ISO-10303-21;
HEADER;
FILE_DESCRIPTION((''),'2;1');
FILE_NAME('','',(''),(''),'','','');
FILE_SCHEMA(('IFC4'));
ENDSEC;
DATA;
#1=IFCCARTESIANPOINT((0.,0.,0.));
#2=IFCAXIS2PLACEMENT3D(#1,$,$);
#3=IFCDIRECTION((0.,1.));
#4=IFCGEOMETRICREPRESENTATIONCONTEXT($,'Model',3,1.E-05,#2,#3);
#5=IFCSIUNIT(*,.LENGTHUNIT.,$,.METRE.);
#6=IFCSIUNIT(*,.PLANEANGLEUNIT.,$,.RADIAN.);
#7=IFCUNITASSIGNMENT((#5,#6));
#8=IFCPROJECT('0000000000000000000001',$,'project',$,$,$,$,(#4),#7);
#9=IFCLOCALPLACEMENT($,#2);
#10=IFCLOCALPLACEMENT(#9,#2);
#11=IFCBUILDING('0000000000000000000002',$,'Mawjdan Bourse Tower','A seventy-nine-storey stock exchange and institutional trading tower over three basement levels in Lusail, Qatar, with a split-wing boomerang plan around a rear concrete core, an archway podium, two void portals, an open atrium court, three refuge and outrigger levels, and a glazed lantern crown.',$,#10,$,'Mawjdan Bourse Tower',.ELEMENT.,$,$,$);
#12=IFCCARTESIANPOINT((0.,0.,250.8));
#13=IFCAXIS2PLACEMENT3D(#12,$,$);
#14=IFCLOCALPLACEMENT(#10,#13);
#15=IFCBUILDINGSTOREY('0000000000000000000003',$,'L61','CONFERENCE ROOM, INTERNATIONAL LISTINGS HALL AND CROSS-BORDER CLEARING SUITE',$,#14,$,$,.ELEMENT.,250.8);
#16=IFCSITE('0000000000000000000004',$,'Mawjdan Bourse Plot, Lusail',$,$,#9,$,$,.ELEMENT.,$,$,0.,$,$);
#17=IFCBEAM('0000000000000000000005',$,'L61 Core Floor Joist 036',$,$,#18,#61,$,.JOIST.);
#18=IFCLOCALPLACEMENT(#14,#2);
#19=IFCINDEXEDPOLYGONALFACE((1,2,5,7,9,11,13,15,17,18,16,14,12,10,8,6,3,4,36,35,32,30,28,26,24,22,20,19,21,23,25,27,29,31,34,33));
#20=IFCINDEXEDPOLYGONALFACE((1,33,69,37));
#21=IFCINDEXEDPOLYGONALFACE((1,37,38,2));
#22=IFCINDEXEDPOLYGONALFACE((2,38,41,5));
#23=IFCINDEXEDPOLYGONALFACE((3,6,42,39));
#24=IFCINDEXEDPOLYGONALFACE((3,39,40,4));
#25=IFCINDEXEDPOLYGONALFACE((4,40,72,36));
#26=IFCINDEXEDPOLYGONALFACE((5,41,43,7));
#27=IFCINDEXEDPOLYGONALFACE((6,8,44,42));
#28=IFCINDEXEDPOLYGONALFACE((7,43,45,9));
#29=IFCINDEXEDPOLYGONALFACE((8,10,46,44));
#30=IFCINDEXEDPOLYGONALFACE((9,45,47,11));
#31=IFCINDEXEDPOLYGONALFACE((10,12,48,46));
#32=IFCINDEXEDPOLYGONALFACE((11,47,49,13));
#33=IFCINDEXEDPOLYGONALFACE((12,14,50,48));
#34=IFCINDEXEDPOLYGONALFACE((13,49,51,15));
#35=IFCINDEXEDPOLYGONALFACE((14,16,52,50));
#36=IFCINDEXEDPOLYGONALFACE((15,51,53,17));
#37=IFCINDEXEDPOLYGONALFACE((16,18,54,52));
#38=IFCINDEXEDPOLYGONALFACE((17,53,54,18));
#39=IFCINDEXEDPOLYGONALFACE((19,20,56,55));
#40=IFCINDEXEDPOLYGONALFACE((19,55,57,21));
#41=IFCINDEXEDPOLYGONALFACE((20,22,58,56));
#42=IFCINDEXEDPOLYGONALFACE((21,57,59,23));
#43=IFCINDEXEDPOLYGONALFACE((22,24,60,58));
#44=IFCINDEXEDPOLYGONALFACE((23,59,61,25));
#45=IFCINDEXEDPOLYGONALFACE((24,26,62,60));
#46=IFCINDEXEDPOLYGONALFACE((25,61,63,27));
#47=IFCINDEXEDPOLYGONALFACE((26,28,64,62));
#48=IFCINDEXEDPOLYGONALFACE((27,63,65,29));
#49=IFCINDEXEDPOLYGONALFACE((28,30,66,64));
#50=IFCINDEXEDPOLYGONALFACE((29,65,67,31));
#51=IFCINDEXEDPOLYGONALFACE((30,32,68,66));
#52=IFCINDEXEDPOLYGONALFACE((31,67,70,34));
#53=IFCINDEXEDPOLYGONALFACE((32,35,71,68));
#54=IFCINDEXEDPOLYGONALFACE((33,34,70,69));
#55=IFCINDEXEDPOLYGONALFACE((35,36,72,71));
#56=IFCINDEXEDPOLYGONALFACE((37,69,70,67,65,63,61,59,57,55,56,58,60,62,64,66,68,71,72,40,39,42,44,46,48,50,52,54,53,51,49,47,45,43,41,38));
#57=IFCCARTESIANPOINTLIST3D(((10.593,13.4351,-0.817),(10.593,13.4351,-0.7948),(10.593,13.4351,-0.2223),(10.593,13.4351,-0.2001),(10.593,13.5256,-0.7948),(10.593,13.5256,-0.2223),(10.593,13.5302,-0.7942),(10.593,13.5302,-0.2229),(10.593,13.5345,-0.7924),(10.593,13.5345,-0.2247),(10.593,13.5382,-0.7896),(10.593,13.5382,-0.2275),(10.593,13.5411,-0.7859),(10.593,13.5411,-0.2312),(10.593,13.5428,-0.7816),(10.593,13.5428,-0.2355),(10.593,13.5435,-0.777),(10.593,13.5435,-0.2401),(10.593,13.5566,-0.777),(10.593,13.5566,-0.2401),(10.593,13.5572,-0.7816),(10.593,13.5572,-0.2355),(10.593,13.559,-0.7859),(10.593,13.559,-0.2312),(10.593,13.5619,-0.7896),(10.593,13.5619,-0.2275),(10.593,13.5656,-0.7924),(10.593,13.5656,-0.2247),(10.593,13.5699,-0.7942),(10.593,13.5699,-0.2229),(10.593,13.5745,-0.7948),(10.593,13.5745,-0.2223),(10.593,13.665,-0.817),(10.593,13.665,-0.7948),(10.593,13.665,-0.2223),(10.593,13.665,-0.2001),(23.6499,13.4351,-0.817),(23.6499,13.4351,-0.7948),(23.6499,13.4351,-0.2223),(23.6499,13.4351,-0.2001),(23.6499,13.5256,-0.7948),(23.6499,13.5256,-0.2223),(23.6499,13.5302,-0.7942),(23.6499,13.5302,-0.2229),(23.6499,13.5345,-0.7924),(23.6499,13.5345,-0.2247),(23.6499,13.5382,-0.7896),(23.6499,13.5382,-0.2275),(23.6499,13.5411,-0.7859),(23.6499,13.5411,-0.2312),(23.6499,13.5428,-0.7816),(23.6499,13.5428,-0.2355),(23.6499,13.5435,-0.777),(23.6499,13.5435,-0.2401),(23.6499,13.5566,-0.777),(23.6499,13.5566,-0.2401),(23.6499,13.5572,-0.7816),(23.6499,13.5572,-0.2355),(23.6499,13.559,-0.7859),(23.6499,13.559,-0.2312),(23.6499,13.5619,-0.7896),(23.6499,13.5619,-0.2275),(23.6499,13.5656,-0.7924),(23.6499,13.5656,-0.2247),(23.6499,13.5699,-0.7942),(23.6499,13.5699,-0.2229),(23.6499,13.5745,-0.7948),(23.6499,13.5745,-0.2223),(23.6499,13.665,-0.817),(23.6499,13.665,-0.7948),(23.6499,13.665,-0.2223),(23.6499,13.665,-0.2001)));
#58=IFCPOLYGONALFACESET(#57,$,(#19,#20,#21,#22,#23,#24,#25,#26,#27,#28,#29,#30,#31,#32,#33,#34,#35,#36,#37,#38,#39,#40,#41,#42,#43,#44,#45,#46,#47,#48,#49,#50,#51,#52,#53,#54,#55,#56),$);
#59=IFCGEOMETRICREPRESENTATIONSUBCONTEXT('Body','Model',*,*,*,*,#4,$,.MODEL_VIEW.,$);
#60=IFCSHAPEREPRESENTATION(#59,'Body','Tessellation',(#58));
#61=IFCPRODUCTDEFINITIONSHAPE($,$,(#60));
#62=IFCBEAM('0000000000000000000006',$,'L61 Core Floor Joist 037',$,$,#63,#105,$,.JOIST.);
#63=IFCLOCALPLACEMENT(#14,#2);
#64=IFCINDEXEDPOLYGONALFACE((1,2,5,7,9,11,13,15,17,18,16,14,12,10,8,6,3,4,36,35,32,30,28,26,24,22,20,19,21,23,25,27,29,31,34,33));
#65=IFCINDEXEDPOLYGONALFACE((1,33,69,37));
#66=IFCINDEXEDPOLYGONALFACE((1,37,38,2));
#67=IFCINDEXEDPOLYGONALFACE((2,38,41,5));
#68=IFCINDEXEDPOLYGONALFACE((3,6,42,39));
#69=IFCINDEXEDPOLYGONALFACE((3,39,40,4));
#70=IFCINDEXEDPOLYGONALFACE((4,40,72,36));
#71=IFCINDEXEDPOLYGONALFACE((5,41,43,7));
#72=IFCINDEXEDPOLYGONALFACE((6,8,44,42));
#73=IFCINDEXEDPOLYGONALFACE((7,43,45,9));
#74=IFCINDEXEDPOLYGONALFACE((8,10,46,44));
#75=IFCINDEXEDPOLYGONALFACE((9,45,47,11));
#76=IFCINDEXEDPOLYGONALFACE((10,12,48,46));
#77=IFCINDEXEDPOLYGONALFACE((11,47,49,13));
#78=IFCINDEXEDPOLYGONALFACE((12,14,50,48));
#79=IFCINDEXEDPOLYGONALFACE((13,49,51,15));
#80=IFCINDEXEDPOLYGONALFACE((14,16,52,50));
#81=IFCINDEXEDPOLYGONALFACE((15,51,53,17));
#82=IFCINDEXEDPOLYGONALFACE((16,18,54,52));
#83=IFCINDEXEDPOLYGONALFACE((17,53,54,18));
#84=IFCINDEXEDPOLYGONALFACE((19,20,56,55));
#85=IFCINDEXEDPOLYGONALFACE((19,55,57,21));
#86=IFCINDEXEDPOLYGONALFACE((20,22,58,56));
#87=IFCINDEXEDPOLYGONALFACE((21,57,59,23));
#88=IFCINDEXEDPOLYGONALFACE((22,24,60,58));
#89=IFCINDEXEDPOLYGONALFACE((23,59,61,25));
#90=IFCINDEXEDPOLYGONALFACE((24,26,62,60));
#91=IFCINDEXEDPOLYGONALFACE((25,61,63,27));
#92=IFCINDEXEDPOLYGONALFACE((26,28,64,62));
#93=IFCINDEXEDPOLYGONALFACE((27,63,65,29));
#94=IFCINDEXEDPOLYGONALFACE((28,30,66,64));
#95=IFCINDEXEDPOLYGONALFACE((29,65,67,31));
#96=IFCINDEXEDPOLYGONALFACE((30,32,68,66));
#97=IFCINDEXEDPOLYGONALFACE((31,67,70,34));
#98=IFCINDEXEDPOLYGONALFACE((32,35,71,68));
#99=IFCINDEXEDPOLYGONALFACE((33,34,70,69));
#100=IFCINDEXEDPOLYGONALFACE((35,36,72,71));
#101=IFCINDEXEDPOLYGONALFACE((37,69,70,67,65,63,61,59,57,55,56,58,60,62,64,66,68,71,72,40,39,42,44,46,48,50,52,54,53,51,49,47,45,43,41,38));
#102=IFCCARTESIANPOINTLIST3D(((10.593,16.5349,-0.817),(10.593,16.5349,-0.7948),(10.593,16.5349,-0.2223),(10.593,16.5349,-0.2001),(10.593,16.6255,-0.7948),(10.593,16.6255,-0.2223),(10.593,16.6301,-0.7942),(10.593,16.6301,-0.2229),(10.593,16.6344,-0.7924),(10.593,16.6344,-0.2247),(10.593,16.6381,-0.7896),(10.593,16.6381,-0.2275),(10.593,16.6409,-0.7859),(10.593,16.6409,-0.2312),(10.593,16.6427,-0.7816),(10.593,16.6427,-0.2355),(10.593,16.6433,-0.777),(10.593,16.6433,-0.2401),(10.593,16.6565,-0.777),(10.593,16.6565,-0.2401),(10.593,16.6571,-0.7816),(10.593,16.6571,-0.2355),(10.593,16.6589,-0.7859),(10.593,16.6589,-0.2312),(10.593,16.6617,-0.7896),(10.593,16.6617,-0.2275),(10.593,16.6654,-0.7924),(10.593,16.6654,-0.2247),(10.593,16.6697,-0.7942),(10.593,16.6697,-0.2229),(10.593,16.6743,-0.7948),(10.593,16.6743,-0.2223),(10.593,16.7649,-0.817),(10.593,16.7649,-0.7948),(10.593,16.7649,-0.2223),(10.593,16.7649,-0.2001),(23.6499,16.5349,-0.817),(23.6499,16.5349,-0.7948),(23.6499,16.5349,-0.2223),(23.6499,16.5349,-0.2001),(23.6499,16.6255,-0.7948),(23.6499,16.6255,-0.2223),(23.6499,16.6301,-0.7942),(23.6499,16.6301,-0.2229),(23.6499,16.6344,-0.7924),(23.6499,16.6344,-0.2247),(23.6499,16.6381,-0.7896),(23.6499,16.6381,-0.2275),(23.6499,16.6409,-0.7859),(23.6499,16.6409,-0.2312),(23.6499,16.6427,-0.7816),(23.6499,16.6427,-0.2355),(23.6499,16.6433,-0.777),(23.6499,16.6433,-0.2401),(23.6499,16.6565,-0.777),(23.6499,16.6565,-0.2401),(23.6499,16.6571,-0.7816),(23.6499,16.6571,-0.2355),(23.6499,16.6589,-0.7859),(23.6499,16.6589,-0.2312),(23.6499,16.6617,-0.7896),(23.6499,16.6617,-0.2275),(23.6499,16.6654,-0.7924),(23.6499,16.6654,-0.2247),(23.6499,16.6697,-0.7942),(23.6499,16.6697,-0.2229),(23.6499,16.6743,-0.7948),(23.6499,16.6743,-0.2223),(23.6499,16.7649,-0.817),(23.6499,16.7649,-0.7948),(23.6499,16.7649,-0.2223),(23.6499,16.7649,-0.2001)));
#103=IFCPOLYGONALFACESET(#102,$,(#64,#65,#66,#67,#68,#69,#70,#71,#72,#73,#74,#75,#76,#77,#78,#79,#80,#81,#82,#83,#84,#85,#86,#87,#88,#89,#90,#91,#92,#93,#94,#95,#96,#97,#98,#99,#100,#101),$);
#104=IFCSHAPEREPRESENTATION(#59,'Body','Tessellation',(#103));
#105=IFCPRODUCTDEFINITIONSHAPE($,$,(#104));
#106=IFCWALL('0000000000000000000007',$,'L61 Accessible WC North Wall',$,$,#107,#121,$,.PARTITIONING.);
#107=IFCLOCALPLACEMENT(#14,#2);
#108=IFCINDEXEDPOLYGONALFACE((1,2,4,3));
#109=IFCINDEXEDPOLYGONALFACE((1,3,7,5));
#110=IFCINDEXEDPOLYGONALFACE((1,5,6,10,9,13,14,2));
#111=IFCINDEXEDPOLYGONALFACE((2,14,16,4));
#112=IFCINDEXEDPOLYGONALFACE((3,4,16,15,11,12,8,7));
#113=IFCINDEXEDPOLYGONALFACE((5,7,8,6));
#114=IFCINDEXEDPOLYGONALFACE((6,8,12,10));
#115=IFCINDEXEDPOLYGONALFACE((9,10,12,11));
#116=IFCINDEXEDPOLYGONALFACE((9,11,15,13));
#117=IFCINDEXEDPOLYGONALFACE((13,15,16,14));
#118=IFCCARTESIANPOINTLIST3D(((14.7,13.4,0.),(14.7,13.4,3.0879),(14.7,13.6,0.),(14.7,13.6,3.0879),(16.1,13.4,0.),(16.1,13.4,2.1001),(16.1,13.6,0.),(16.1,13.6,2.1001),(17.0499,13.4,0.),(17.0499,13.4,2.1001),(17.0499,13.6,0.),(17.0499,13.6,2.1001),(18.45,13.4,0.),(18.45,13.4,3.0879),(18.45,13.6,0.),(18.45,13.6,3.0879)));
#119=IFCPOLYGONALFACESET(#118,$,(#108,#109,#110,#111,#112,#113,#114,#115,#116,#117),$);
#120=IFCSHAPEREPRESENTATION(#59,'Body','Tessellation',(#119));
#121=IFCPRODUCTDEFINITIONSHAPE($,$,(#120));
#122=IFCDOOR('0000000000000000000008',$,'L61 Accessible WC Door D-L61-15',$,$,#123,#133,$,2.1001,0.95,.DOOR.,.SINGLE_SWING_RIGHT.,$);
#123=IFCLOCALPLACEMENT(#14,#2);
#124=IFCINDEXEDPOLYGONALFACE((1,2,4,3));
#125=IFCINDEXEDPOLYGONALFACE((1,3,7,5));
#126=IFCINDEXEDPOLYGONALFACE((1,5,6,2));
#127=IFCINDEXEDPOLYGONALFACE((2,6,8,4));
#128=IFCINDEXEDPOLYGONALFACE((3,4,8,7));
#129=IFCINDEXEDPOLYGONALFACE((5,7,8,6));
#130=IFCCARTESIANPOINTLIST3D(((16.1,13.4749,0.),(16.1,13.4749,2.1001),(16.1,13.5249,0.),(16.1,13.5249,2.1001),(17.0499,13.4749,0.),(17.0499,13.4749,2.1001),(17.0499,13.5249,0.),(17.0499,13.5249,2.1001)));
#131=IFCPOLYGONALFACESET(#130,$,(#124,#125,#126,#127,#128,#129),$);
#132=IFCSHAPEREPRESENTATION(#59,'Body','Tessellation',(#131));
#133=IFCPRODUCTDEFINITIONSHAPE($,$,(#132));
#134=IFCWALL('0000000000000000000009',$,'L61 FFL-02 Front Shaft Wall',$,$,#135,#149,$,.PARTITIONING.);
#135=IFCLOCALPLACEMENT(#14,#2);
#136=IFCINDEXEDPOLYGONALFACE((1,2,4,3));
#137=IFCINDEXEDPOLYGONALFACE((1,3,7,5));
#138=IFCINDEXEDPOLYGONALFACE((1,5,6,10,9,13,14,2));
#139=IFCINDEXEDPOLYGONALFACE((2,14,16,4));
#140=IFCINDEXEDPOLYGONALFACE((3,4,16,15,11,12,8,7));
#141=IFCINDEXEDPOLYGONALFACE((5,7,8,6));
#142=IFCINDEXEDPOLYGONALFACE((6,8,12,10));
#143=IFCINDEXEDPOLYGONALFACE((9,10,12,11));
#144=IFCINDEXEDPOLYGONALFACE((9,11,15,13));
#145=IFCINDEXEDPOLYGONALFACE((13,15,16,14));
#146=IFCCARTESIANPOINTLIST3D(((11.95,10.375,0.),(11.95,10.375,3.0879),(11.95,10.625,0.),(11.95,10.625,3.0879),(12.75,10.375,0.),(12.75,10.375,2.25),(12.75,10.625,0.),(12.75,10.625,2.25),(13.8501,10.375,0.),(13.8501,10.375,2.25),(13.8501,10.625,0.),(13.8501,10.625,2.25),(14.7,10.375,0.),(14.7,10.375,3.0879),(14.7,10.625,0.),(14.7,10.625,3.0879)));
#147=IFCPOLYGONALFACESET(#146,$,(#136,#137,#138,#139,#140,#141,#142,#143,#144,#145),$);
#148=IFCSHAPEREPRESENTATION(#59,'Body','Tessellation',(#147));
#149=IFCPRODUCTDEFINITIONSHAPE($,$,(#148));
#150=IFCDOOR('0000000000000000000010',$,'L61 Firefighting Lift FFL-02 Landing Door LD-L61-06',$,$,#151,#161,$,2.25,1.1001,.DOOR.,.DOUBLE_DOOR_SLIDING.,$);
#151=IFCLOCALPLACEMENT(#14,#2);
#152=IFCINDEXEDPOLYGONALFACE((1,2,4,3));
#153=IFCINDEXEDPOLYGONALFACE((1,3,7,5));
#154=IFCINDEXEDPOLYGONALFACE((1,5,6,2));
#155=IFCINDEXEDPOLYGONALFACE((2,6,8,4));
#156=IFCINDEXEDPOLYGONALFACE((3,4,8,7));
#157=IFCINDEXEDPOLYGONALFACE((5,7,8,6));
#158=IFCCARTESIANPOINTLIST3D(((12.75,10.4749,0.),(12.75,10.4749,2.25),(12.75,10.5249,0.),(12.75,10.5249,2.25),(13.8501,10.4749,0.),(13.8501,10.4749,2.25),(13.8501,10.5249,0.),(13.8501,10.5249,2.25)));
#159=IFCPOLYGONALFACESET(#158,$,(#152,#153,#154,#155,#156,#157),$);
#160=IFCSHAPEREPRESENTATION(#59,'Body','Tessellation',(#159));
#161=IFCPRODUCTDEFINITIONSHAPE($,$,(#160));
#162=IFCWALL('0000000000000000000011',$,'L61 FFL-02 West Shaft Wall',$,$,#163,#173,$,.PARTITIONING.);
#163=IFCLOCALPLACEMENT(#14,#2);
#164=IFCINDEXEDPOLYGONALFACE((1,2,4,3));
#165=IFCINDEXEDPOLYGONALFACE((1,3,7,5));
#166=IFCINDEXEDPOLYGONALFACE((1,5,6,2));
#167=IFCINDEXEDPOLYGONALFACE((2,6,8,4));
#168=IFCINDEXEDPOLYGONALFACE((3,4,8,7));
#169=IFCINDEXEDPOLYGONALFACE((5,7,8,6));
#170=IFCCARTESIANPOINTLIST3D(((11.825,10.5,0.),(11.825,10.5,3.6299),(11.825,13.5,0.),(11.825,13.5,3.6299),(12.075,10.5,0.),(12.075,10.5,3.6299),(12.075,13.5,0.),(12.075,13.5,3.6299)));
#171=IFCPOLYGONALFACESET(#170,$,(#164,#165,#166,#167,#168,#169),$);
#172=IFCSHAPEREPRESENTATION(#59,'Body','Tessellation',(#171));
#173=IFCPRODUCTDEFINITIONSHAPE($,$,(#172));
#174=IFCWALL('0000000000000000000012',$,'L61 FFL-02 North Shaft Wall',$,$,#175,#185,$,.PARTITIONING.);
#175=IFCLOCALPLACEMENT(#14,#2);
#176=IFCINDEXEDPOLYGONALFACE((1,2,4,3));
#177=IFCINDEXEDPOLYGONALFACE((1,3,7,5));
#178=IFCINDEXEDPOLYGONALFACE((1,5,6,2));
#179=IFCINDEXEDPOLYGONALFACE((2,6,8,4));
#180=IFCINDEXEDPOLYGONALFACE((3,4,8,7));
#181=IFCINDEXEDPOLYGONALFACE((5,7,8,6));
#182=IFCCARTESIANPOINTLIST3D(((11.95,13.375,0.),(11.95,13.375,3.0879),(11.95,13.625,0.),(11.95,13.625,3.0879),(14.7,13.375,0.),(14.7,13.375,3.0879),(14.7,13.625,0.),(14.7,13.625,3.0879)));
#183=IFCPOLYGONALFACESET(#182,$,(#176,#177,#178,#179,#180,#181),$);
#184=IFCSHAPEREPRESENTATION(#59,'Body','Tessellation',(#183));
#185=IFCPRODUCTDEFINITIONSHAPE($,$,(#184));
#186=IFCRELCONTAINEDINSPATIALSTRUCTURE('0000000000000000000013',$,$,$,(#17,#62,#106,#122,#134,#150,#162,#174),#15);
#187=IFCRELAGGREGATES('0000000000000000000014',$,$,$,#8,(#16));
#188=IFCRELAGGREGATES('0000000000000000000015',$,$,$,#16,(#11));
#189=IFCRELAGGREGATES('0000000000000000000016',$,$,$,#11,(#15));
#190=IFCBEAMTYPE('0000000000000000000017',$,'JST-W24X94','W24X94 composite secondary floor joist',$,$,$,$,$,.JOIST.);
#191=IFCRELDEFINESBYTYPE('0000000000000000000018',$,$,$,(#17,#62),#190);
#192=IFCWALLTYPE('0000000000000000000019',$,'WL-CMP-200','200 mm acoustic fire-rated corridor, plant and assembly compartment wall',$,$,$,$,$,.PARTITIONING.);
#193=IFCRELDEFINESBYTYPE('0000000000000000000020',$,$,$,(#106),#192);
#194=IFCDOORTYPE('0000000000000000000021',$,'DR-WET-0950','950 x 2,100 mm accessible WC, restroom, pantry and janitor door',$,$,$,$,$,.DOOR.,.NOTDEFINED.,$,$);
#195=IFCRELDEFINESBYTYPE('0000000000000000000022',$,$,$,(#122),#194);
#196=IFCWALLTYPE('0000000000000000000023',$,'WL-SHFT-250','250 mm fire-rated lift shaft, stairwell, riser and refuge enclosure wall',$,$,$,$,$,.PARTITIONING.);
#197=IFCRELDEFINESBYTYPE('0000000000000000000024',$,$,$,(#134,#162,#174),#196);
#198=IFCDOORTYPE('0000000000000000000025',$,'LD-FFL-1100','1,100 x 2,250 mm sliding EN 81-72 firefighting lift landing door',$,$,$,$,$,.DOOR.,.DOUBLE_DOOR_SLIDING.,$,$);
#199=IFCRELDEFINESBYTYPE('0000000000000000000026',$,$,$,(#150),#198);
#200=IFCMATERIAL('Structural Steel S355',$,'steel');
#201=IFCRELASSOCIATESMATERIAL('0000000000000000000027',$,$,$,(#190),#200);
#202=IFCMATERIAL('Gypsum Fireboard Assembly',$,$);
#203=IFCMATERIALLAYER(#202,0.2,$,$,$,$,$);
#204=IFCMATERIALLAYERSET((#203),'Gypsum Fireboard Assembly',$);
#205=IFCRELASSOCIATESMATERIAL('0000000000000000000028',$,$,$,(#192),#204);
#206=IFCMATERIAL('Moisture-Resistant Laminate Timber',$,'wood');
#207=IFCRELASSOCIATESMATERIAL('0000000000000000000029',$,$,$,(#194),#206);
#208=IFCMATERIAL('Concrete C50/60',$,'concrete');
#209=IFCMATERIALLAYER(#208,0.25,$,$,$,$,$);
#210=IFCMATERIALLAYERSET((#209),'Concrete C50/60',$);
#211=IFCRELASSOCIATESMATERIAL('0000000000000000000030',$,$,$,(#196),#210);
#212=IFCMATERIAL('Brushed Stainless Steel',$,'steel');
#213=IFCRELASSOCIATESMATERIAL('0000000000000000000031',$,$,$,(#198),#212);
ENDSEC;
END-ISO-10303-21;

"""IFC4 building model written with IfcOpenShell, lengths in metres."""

from ifc_helpers import new_model, si_unit, direction, frame, frame_2d, origin, origin_2d, place, context, subcontext, project, spatial, rectangle, i_section, extrude, material, layer, layer_set, material_profile, profile_set, type_object, element, fill, save


model = new_model("IFC4")

# Units and contexts
model_context = context("Model", 3, precision=1e-05, world=origin(), true_north=direction((0.0, 1.0)))
body_context = subcontext(model_context, "Body", "Model", "MODEL_VIEW")
ifc_project = project(units=[si_unit("LENGTHUNIT", "METRE"), si_unit("PLANEANGLEUNIT", "RADIAN")], contexts=[model_context])

# Site, building, storey
site_placement = place(None, origin())
site = spatial("IfcSite", under=ifc_project, at=site_placement, Name="Mawjdan Bourse Plot, Lusail", CompositionType="ELEMENT", RefElevation=0.0)
building_placement = place(site_placement, origin())
building = spatial("IfcBuilding", under=site, at=building_placement, Name="Mawjdan Bourse Tower", Description="A seventy-nine-storey stock exchange and institutional trading tower over three basement levels in Lusail, Qatar, with a split-wing boomerang plan around a rear concrete core, an archway podium, two void portals, an open atrium court, three refuge and outrigger levels, and a glazed lantern crown.", LongName="Mawjdan Bourse Tower", CompositionType="ELEMENT")
storey_placement = place(building_placement, frame((0.0, 0.0, 250.8)))
storey = spatial("IfcBuildingStorey", under=building, at=storey_placement, Name="L61", Description="CONFERENCE ROOM, INTERNATIONAL LISTINGS HALL AND CROSS-BORDER CLEARING SUITE", CompositionType="ELEMENT", Elevation=250.8)

# Beams
ifc_material_1 = material(Name="Structural Steel S355", Category="steel")
ifc_material_profile = material_profile(ifc_material_1, i_section(OverallWidth=0.23, OverallDepth=0.6169, WebThickness=0.0132, FlangeThickness=0.0222, FilletRadius=0.0178, at=origin_2d()), Name="W24X94")
ifc_profile_set = profile_set([ifc_material_profile], Name="Structural Steel S355")
beam_type = type_object("IfcBeamType", Name="JST-W24X94", Description="W24X94 composite secondary floor joist", PredefinedType="JOIST", material=ifc_profile_set)
for number, where, z_axis, x_axis, name in (
    (1, (10.593, 13.55, -0.5085), (1.0, 0.0, 0.0), (0.0, 1.0, 0.0), "L61 Core Floor Joist 036"),
    (2, (10.593, 16.6499, -0.5085), (1.0, 0.0, 0.0), (0.0, 1.0, 0.0), "L61 Core Floor Joist 037"),
):
    element("IfcBeam", number, at=place(storey_placement, frame(where, z_axis=z_axis, x_axis=x_axis)), inside=storey, type_object=beam_type, Name=name, PredefinedType="JOIST", context=body_context, shape_type="SweptSolid", body=[
        extrude(i_section(OverallWidth=0.23, OverallDepth=0.6169, WebThickness=0.0132, FlangeThickness=0.0222, FilletRadius=0.0178, at=origin_2d()), origin(), (0.0, 0.0, 1.0), 13.0569),
    ])

# Walls, openings, doors
ifc_material_2 = material(Name="Gypsum Fireboard Assembly")
ifc_layer_1 = layer(ifc_material_2, 0.2)
ifc_layer_set_1 = layer_set([ifc_layer_1], Name="Gypsum Fireboard Assembly")
wall_type_1 = type_object("IfcWallType", Name="WL-CMP-200", Description="200 mm acoustic fire-rated corridor, plant and assembly compartment wall", PredefinedType="PARTITIONING", material=ifc_layer_set_1)
wall_1_placement = place(storey_placement, frame((14.7, 13.5, 0.0), z_axis=(0.0, 0.0, 1.0), x_axis=(1.0, 0.0, 0.0)))
wall_1 = element("IfcWall", 3, at=wall_1_placement, inside=storey, type_object=wall_type_1, Name="L61 Accessible WC North Wall", PredefinedType="PARTITIONING", context=body_context, shape_type="SweptSolid", body=[
    extrude(rectangle(XDim=3.75, YDim=0.2, at=frame_2d((1.875, 0.0))), origin(), (0.0, 0.0, 1.0), 3.0879),
])
opening_1_placement = place(wall_1_placement, frame((1.3999, 0.0, 0.0)))
opening_1 = element("IfcOpeningElement", 4, at=opening_1_placement, cuts=wall_1, PredefinedType="OPENING", context=body_context, shape_type="SweptSolid", body=[
    extrude(rectangle(XDim=0.95, YDim=2.1001, at=frame_2d((0.4751, 1.05))), frame((0.0, 0.1099, 0.0), z_axis=(0.0, -1.0, 0.0), x_axis=(1.0, 0.0, 0.0)), (0.0, 0.0, 1.0), 0.22),
])
ifc_material_3 = material(Name="Moisture-Resistant Laminate Timber", Category="wood")
door_type_1 = type_object("IfcDoorType", Name="DR-WET-0950", Description="950 x 2,100 mm accessible WC, restroom, pantry and janitor door", OperationType="NOTDEFINED", PredefinedType="DOOR", material=ifc_material_3)
door_1_placement = place(opening_1_placement, origin())
door_1 = element("IfcDoor", 5, at=door_1_placement, inside=storey, type_object=door_type_1, Name="L61 Accessible WC Door D-L61-15", OperationType="SINGLE_SWING_RIGHT", OverallHeight=2.1001, OverallWidth=0.95, PredefinedType="DOOR", context=body_context, shape_type="SweptSolid", body=[
    extrude(rectangle(XDim=0.95, YDim=2.1001, at=frame_2d((0.4751, 1.05))), frame((0.0, 0.0249, 0.0), z_axis=(0.0, -1.0, 0.0), x_axis=(1.0, 0.0, 0.0)), (0.0, 0.0, 1.0), 0.05),
])
fill(opening_1, door_1)
ifc_material_4 = material(Name="Concrete C50/60", Category="concrete")
ifc_layer_2 = layer(ifc_material_4, 0.25)
ifc_layer_set_2 = layer_set([ifc_layer_2], Name="Concrete C50/60")
wall_type_2 = type_object("IfcWallType", Name="WL-SHFT-250", Description="250 mm fire-rated lift shaft, stairwell, riser and refuge enclosure wall", PredefinedType="PARTITIONING", material=ifc_layer_set_2)
wall_2_placement = place(storey_placement, frame((11.95, 10.5, 0.0), z_axis=(0.0, 0.0, 1.0), x_axis=(1.0, 0.0, 0.0)))
wall_2 = element("IfcWall", 6, at=wall_2_placement, inside=storey, type_object=wall_type_2, Name="L61 FFL-02 Front Shaft Wall", PredefinedType="PARTITIONING", context=body_context, shape_type="SweptSolid", body=[
    extrude(rectangle(XDim=2.75, YDim=0.25, at=frame_2d((1.375, 0.0))), origin(), (0.0, 0.0, 1.0), 3.0879),
])
opening_2_placement = place(wall_2_placement, frame((0.8, 0.0, 0.0)))
opening_2 = element("IfcOpeningElement", 7, at=opening_2_placement, cuts=wall_2, PredefinedType="OPENING", context=body_context, shape_type="SweptSolid", body=[
    extrude(rectangle(XDim=1.1001, YDim=2.25, at=frame_2d((0.55, 1.125))), frame((0.0, 0.135, 0.0), z_axis=(0.0, -1.0, 0.0), x_axis=(1.0, 0.0, 0.0)), (0.0, 0.0, 1.0), 0.27),
])
ifc_material_5 = material(Name="Brushed Stainless Steel", Category="steel")
door_type_2 = type_object("IfcDoorType", Name="LD-FFL-1100", Description="1,100 x 2,250 mm sliding EN 81-72 firefighting lift landing door", OperationType="DOUBLE_DOOR_SLIDING", PredefinedType="DOOR", material=ifc_material_5)
door_2_placement = place(opening_2_placement, origin())
door_2 = element("IfcDoor", 8, at=door_2_placement, inside=storey, type_object=door_type_2, Name="L61 Firefighting Lift FFL-02 Landing Door LD-L61-06", OperationType="DOUBLE_DOOR_SLIDING", OverallHeight=2.25, OverallWidth=1.1001, PredefinedType="DOOR", context=body_context, shape_type="SweptSolid", body=[
    extrude(rectangle(XDim=1.1001, YDim=2.25, at=frame_2d((0.55, 1.125))), frame((0.0, 0.0249, 0.0), z_axis=(0.0, -1.0, 0.0), x_axis=(1.0, 0.0, 0.0)), (0.0, 0.0, 1.0), 0.05),
])
fill(opening_2, door_2)

# Walls
wall_3_placement = place(storey_placement, frame((11.95, 10.5, 0.0), z_axis=(0.0, 0.0, 1.0), x_axis=(0.0, 1.0, 0.0)))
element("IfcWall", 9, at=wall_3_placement, inside=storey, type_object=wall_type_2, Name="L61 FFL-02 West Shaft Wall", PredefinedType="PARTITIONING", context=body_context, shape_type="SweptSolid", body=[
    extrude(rectangle(XDim=3.0, YDim=0.25, at=frame_2d((1.5, 0.0))), origin(), (0.0, 0.0, 1.0), 3.6299),
])
wall_4_placement = place(storey_placement, frame((11.95, 13.5, 0.0), z_axis=(0.0, 0.0, 1.0), x_axis=(1.0, 0.0, 0.0)))
element("IfcWall", 10, at=wall_4_placement, inside=storey, type_object=wall_type_2, Name="L61 FFL-02 North Shaft Wall", PredefinedType="PARTITIONING", context=body_context, shape_type="SweptSolid", body=[
    extrude(rectangle(XDim=2.75, YDim=0.25, at=frame_2d((1.375, 0.0))), origin(), (0.0, 0.0, 1.0), 3.0879),
])

save(model, "model.ifc")
